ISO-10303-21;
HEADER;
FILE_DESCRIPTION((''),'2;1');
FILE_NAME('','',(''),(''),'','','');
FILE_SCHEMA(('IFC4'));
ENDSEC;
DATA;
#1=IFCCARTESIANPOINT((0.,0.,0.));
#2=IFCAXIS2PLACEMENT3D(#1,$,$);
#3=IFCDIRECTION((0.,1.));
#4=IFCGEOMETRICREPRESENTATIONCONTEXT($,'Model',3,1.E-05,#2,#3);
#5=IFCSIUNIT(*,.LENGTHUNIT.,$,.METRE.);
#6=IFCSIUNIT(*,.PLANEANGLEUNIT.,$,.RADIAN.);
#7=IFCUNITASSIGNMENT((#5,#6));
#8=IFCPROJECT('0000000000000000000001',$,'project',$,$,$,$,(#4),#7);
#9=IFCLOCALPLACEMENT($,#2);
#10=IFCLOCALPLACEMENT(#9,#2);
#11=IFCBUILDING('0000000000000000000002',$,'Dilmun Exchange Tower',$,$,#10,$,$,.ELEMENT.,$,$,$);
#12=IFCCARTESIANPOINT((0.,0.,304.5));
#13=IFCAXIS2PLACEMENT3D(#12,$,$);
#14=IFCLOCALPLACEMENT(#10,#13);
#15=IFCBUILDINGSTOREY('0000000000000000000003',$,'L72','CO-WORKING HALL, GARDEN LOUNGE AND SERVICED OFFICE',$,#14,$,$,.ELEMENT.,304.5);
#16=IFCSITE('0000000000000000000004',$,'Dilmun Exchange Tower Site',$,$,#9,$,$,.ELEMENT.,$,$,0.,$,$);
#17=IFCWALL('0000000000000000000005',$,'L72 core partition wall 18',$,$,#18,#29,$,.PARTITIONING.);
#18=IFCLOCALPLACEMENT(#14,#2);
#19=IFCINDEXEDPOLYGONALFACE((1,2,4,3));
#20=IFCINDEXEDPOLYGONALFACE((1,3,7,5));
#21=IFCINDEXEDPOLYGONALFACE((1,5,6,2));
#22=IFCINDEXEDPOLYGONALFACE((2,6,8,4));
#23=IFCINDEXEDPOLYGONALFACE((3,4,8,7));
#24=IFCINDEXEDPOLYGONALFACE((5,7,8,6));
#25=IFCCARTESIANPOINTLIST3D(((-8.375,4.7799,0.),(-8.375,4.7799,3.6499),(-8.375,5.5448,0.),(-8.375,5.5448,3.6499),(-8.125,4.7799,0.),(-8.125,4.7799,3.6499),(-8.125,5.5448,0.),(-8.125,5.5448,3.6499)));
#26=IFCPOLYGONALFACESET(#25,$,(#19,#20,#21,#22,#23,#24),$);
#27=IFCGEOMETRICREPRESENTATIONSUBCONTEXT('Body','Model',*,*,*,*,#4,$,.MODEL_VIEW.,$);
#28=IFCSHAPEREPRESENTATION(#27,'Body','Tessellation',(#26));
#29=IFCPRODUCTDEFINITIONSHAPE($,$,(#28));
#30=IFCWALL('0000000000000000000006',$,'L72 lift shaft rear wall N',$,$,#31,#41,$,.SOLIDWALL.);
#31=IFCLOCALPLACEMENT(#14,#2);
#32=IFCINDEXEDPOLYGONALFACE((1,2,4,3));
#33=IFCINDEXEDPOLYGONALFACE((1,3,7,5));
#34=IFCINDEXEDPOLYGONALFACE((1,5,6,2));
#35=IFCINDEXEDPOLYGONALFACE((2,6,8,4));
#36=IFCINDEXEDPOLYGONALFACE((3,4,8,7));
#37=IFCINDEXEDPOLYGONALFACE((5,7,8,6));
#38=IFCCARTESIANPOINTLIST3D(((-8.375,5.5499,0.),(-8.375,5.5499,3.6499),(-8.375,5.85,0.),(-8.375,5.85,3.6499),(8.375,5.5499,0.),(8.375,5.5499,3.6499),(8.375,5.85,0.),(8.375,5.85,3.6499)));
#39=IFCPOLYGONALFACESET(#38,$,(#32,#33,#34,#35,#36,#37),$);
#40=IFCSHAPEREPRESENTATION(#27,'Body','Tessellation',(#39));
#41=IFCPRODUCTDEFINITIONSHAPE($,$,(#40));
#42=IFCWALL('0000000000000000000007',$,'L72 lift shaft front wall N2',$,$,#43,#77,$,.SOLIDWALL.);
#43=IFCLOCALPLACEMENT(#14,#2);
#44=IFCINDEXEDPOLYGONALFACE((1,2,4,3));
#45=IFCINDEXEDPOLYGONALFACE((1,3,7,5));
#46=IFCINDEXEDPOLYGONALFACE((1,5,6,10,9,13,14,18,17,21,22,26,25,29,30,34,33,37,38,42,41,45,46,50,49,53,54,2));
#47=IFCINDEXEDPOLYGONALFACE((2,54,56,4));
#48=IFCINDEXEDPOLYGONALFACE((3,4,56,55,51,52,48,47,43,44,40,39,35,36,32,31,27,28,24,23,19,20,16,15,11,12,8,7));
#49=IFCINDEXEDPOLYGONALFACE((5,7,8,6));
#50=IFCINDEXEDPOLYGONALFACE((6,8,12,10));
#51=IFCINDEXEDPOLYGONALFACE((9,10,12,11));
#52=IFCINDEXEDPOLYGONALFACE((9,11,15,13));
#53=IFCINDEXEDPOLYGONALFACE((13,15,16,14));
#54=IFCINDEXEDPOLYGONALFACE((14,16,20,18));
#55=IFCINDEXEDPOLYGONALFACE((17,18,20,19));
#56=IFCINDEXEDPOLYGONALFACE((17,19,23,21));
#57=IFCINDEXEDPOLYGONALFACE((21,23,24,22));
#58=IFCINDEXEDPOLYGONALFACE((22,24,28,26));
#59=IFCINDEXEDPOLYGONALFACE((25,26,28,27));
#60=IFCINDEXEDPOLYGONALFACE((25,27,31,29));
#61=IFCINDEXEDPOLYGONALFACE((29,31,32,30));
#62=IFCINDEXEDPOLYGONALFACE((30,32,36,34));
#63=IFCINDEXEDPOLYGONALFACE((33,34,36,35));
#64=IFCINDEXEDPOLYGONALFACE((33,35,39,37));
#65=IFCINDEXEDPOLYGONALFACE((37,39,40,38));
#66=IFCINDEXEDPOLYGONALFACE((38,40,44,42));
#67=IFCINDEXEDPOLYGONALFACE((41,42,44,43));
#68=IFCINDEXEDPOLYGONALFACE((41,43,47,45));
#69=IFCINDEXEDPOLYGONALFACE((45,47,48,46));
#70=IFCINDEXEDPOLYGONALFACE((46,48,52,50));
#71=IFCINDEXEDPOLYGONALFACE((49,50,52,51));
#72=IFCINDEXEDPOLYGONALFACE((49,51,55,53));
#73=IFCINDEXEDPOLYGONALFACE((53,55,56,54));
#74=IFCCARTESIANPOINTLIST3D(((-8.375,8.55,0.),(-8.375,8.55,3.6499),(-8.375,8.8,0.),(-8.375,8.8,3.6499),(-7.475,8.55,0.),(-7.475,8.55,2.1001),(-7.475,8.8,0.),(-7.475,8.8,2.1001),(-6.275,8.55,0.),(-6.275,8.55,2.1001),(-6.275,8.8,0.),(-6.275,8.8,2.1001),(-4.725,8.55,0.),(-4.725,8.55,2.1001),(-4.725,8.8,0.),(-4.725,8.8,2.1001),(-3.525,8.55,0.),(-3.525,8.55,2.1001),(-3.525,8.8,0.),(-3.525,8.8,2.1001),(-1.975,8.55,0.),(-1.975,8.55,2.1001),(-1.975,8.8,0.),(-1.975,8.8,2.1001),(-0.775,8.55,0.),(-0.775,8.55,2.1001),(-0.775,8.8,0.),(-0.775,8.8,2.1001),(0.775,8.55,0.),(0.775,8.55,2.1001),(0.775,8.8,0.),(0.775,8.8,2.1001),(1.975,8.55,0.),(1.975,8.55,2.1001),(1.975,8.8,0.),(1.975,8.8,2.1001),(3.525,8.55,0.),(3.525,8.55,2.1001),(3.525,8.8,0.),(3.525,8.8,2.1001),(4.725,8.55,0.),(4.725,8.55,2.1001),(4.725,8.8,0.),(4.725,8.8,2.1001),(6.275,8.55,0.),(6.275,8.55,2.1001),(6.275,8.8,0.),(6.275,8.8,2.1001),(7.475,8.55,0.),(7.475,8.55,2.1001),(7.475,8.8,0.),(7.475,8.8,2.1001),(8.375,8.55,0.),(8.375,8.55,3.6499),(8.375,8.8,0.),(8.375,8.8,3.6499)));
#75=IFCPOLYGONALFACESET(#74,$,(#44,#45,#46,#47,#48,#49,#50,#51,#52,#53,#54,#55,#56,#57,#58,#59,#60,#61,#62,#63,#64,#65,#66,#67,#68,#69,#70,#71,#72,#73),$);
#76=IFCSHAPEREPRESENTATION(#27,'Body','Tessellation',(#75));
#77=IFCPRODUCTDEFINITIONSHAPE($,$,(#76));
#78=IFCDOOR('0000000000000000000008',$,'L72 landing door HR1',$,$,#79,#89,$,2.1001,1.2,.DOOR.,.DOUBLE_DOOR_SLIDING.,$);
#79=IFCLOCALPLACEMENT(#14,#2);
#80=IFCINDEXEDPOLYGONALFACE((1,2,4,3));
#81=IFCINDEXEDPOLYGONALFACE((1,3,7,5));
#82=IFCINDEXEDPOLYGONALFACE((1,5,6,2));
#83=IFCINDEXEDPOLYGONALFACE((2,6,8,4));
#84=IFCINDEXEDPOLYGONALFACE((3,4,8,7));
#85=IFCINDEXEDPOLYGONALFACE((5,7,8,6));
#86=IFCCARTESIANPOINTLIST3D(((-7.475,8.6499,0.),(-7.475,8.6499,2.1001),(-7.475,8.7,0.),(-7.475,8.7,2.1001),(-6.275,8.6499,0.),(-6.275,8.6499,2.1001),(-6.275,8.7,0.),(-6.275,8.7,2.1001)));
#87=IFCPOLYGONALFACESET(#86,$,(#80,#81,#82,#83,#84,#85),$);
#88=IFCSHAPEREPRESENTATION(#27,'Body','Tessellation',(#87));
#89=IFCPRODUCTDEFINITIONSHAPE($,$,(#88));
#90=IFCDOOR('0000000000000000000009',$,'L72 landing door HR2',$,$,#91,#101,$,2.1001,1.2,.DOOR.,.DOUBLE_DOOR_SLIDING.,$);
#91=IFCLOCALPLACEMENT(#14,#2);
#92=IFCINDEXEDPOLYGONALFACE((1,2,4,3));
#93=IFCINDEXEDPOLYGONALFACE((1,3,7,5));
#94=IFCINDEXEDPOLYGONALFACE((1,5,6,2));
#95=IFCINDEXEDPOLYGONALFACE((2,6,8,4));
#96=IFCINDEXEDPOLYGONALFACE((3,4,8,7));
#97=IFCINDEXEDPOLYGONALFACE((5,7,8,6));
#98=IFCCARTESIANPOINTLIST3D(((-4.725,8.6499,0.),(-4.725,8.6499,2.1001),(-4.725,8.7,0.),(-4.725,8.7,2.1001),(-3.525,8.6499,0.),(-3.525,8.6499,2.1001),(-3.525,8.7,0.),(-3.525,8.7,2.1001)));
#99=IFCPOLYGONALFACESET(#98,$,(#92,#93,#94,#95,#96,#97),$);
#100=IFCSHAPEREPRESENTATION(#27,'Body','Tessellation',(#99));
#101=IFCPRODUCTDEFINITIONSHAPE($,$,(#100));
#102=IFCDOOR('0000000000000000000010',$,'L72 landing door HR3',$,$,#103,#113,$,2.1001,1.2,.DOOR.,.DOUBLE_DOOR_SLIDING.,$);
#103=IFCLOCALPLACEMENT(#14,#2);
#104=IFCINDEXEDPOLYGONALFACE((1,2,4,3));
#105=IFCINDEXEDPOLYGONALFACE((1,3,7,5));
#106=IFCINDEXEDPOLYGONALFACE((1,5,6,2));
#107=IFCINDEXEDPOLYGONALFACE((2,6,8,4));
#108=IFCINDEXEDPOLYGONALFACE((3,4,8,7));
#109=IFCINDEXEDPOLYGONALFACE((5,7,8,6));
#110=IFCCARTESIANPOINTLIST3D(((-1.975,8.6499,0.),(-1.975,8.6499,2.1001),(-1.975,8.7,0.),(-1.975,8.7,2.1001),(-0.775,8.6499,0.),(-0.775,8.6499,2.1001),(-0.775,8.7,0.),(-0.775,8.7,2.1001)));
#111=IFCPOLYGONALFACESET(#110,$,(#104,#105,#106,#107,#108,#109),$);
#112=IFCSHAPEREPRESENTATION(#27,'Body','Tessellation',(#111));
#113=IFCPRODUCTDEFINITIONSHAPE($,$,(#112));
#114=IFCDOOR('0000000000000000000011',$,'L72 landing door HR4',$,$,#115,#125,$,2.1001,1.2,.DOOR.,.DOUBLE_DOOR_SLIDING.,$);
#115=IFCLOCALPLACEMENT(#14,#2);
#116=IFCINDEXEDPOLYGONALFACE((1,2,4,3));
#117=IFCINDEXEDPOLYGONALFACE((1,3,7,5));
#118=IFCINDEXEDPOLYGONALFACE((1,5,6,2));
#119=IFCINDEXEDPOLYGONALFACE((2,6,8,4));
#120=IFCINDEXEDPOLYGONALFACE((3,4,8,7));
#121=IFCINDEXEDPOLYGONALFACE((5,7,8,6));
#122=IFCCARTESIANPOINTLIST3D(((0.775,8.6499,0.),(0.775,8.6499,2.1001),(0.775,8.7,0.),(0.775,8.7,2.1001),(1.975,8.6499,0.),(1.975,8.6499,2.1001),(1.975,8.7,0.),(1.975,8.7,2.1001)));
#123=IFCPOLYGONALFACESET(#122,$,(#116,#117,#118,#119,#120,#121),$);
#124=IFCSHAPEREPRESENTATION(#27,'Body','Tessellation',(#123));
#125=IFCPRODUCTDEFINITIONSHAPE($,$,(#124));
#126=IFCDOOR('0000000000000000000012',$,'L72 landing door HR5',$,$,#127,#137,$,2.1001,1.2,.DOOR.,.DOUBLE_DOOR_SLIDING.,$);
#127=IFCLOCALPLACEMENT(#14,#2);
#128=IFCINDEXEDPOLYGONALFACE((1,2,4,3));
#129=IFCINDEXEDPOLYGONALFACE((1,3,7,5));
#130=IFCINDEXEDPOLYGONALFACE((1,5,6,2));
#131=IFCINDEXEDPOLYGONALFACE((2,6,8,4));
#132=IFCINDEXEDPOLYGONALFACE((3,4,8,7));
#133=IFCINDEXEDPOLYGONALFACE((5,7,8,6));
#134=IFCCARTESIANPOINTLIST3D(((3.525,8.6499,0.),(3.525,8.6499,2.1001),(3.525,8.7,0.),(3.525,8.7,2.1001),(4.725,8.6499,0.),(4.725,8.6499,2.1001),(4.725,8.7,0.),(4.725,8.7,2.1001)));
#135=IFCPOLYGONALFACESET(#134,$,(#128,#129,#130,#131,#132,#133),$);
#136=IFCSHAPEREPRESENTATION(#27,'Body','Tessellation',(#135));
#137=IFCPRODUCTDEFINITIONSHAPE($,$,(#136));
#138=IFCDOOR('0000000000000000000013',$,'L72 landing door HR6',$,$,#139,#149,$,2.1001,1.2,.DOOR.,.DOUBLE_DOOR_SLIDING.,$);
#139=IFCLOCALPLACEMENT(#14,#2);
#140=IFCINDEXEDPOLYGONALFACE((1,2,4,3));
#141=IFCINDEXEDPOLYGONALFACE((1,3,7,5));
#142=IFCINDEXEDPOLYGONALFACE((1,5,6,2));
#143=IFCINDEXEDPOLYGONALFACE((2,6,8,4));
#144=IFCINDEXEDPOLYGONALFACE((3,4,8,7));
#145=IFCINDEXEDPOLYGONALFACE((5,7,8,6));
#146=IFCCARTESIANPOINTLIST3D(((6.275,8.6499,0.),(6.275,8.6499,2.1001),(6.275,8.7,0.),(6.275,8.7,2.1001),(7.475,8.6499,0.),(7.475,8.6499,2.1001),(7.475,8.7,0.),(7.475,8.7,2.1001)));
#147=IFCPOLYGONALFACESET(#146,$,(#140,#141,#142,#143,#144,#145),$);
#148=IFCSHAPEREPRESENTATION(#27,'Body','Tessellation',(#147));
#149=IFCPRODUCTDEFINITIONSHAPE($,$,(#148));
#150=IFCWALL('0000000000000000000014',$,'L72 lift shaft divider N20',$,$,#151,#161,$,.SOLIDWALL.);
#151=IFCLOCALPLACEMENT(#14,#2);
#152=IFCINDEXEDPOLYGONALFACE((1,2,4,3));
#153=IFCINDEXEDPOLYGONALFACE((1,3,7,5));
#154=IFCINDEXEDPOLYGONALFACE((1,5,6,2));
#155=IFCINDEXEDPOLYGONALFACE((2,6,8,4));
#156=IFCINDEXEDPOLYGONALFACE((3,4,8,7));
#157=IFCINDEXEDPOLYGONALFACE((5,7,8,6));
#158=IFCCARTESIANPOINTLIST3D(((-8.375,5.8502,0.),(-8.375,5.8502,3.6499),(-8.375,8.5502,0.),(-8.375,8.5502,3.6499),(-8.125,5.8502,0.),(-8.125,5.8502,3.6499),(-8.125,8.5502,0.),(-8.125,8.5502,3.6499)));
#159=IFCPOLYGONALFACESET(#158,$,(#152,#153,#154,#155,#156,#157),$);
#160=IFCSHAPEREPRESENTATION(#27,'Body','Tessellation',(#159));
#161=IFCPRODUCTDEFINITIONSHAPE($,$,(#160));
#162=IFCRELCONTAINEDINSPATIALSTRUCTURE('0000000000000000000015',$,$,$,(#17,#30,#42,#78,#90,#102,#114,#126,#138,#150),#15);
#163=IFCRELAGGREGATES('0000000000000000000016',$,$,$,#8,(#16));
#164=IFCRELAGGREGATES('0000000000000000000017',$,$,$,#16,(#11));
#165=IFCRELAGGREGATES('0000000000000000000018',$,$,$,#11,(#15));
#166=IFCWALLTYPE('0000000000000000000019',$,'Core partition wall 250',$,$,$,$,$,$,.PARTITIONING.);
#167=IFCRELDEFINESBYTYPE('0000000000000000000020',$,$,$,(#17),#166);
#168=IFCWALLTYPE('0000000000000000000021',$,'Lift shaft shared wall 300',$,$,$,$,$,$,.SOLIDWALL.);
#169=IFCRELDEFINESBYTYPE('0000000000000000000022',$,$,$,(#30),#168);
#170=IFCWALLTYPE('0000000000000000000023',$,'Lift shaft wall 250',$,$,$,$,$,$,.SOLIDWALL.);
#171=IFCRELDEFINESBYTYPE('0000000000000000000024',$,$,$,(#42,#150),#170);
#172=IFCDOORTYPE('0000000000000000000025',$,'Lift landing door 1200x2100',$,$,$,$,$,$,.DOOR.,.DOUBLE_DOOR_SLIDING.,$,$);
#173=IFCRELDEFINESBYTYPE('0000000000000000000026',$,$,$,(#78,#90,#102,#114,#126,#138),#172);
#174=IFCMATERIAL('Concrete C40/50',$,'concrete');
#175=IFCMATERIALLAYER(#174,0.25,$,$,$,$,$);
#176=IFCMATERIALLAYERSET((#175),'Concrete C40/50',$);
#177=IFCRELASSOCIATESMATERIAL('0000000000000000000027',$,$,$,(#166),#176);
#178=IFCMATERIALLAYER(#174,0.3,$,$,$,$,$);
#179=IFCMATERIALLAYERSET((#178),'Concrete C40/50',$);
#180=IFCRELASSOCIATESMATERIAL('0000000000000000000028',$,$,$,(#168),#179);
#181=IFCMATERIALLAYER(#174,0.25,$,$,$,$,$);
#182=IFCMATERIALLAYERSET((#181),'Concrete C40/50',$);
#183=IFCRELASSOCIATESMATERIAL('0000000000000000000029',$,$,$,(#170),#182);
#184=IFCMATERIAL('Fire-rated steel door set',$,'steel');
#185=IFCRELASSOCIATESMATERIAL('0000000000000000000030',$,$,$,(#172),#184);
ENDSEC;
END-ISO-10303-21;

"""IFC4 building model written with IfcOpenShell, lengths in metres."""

from ifc_helpers import new_model, si_unit, direction, frame, frame_2d, origin, place, context, subcontext, project, spatial, rectangle, extrude, material, layer, layer_set, type_object, element, fill, save


model = new_model("IFC4")

# Units and contexts
model_context = context("Model", 3, precision=1e-05, world=origin(), true_north=direction((0.0, 1.0)))
body_context = subcontext(model_context, "Body", "Model", "MODEL_VIEW")
ifc_project = project(units=[si_unit("LENGTHUNIT", "METRE"), si_unit("PLANEANGLEUNIT", "RADIAN")], contexts=[model_context])

# Site, building, storey
site_placement = place(None, origin())
site = spatial("IfcSite", under=ifc_project, at=site_placement, Name="Dilmun Exchange Tower Site", CompositionType="ELEMENT", RefElevation=0.0)
building_placement = place(site_placement, origin())
building = spatial("IfcBuilding", under=site, at=building_placement, Name="Dilmun Exchange Tower", CompositionType="ELEMENT")
storey_placement = place(building_placement, frame((0.0, 0.0, 304.5)))
storey = spatial("IfcBuildingStorey", under=building, at=storey_placement, Name="L72", Description="CO-WORKING HALL, GARDEN LOUNGE AND SERVICED OFFICE", CompositionType="ELEMENT", Elevation=304.5)

# Shared definitions
ifc_material_1 = material(Name="Concrete C40/50", Category="concrete")

# Shared definitions
ifc_layer_1 = layer(ifc_material_1, 0.25)
ifc_layer_set_1 = layer_set([ifc_layer_1], Name="Concrete C40/50")
wall_type_1 = type_object("IfcWallType", Name="Core partition wall 250", PredefinedType="PARTITIONING", material=ifc_layer_set_1)
ifc_material_2 = material(Name="Fire-rated steel door set", Category="steel")

# Walls
wall_1_placement = place(storey_placement, frame((-8.25, 4.78, 0.0), z_axis=(0.0, 0.0, 1.0), x_axis=(0.0, 1.0, 0.0)))
element("IfcWall", 1, at=wall_1_placement, inside=storey, type_object=wall_type_1, Name="L72 core partition wall 18", PredefinedType="PARTITIONING", context=body_context, shape_type="SweptSolid", body=[
    extrude(rectangle(XDim=0.7649, YDim=0.25, at=frame_2d((0.3823, 0.0))), origin(), (0.0, 0.0, 1.0), 3.6499),
])
ifc_layer_2 = layer(ifc_material_1, 0.3)
ifc_layer_set_2 = layer_set([ifc_layer_2], Name="Concrete C40/50")
wall_type_2 = type_object("IfcWallType", Name="Lift shaft shared wall 300", PredefinedType="SOLIDWALL", material=ifc_layer_set_2)
wall_2_placement = place(storey_placement, frame((-8.375, 5.7, 0.0), z_axis=(0.0, 0.0, 1.0), x_axis=(1.0, 0.0, 0.0)))
element("IfcWall", 2, at=wall_2_placement, inside=storey, type_object=wall_type_2, Name="L72 lift shaft rear wall N", PredefinedType="SOLIDWALL", context=body_context, shape_type="SweptSolid", body=[
    extrude(rectangle(XDim=16.75, YDim=0.3, at=frame_2d((8.375, 0.0))), origin(), (0.0, 0.0, 1.0), 3.6499),
])

# Wall, openings, doors
ifc_layer_3 = layer(ifc_material_1, 0.25)
ifc_layer_set_3 = layer_set([ifc_layer_3], Name="Concrete C40/50")
wall_type_3 = type_object("IfcWallType", Name="Lift shaft wall 250", PredefinedType="SOLIDWALL", material=ifc_layer_set_3)
wall_3_placement = place(storey_placement, frame((-8.375, 8.675, 0.0), z_axis=(0.0, 0.0, 1.0), x_axis=(1.0, 0.0, 0.0)))
wall_3 = element("IfcWall", 3, at=wall_3_placement, inside=storey, type_object=wall_type_3, Name="L72 lift shaft front wall N2", PredefinedType="SOLIDWALL", context=body_context, shape_type="SweptSolid", body=[
    extrude(rectangle(XDim=16.75, YDim=0.25, at=frame_2d((8.375, 0.0))), origin(), (0.0, 0.0, 1.0), 3.6499),
])
opening_1_placement = place(wall_3_placement, frame((0.8999, 0.0, 0.0)))
opening_1 = element("IfcOpeningElement", 4, at=opening_1_placement, cuts=wall_3, PredefinedType="OPENING", context=body_context, shape_type="SweptSolid", body=[
    extrude(rectangle(XDim=1.2, YDim=2.1001, at=frame_2d((0.6001, 1.05))), frame((0.0, 0.135, 0.0), z_axis=(0.0, -1.0, 0.0), x_axis=(1.0, 0.0, 0.0)), (0.0, 0.0, 1.0), 0.27),
])
opening_2_placement = place(wall_3_placement, frame((3.6499, 0.0, 0.0)))
opening_2 = element("IfcOpeningElement", 5, at=opening_2_placement, cuts=wall_3, PredefinedType="OPENING", context=body_context, shape_type="SweptSolid", body=[
    extrude(rectangle(XDim=1.2, YDim=2.1001, at=frame_2d((0.6001, 1.05))), frame((0.0, 0.135, 0.0), z_axis=(0.0, -1.0, 0.0), x_axis=(1.0, 0.0, 0.0)), (0.0, 0.0, 1.0), 0.27),
])
opening_3_placement = place(wall_3_placement, frame((6.3999, 0.0, 0.0)))
opening_3 = element("IfcOpeningElement", 6, at=opening_3_placement, cuts=wall_3, PredefinedType="OPENING", context=body_context, shape_type="SweptSolid", body=[
    extrude(rectangle(XDim=1.2, YDim=2.1001, at=frame_2d((0.6001, 1.05))), frame((0.0, 0.135, 0.0), z_axis=(0.0, -1.0, 0.0), x_axis=(1.0, 0.0, 0.0)), (0.0, 0.0, 1.0), 0.27),
])
opening_4_placement = place(wall_3_placement, frame((9.1499, 0.0, 0.0)))
opening_4 = element("IfcOpeningElement", 7, at=opening_4_placement, cuts=wall_3, PredefinedType="OPENING", context=body_context, shape_type="SweptSolid", body=[
    extrude(rectangle(XDim=1.2, YDim=2.1001, at=frame_2d((0.6001, 1.05))), frame((0.0, 0.135, 0.0), z_axis=(0.0, -1.0, 0.0), x_axis=(1.0, 0.0, 0.0)), (0.0, 0.0, 1.0), 0.27),
])
opening_5_placement = place(wall_3_placement, frame((11.8999, 0.0, 0.0)))
opening_5 = element("IfcOpeningElement", 8, at=opening_5_placement, cuts=wall_3, PredefinedType="OPENING", context=body_context, shape_type="SweptSolid", body=[
    extrude(rectangle(XDim=1.2, YDim=2.1001, at=frame_2d((0.6001, 1.05))), frame((0.0, 0.135, 0.0), z_axis=(0.0, -1.0, 0.0), x_axis=(1.0, 0.0, 0.0)), (0.0, 0.0, 1.0), 0.27),
])
opening_6_placement = place(wall_3_placement, frame((14.6499, 0.0, 0.0)))
opening_6 = element("IfcOpeningElement", 9, at=opening_6_placement, cuts=wall_3, PredefinedType="OPENING", context=body_context, shape_type="SweptSolid", body=[
    extrude(rectangle(XDim=1.2, YDim=2.1001, at=frame_2d((0.6001, 1.05))), frame((0.0, 0.135, 0.0), z_axis=(0.0, -1.0, 0.0), x_axis=(1.0, 0.0, 0.0)), (0.0, 0.0, 1.0), 0.27),
])
door_type_1 = type_object("IfcDoorType", Name="Lift landing door 1200x2100", OperationType="DOUBLE_DOOR_SLIDING", PredefinedType="DOOR", material=ifc_material_2)
door_1_placement = place(opening_1_placement, origin())
door_1 = element("IfcDoor", 10, at=door_1_placement, inside=storey, type_object=door_type_1, Name="L72 landing door HR1", OperationType="DOUBLE_DOOR_SLIDING", OverallHeight=2.1001, OverallWidth=1.2, PredefinedType="DOOR", context=body_context, shape_type="SweptSolid", body=[
    extrude(rectangle(XDim=1.2, YDim=2.1001, at=frame_2d((0.6001, 1.05))), frame((0.0, 0.0249, 0.0), z_axis=(0.0, -1.0, 0.0), x_axis=(1.0, 0.0, 0.0)), (0.0, 0.0, 1.0), 0.05),
])
fill(opening_1, door_1)
door_2_placement = place(opening_2_placement, origin())
door_2 = element("IfcDoor", 11, at=door_2_placement, inside=storey, type_object=door_type_1, Name="L72 landing door HR2", OperationType="DOUBLE_DOOR_SLIDING", OverallHeight=2.1001, OverallWidth=1.2, PredefinedType="DOOR", context=body_context, shape_type="SweptSolid", body=[
    extrude(rectangle(XDim=1.2, YDim=2.1001, at=frame_2d((0.6001, 1.05))), frame((0.0, 0.0249, 0.0), z_axis=(0.0, -1.0, 0.0), x_axis=(1.0, 0.0, 0.0)), (0.0, 0.0, 1.0), 0.05),
])
fill(opening_2, door_2)
door_3_placement = place(opening_3_placement, origin())
door_3 = element("IfcDoor", 12, at=door_3_placement, inside=storey, type_object=door_type_1, Name="L72 landing door HR3", OperationType="DOUBLE_DOOR_SLIDING", OverallHeight=2.1001, OverallWidth=1.2, PredefinedType="DOOR", context=body_context, shape_type="SweptSolid", body=[
    extrude(rectangle(XDim=1.2, YDim=2.1001, at=frame_2d((0.6001, 1.05))), frame((0.0, 0.0249, 0.0), z_axis=(0.0, -1.0, 0.0), x_axis=(1.0, 0.0, 0.0)), (0.0, 0.0, 1.0), 0.05),
])
fill(opening_3, door_3)
door_4_placement = place(opening_4_placement, origin())
door_4 = element("IfcDoor", 13, at=door_4_placement, inside=storey, type_object=door_type_1, Name="L72 landing door HR4", OperationType="DOUBLE_DOOR_SLIDING", OverallHeight=2.1001, OverallWidth=1.2, PredefinedType="DOOR", context=body_context, shape_type="SweptSolid", body=[
    extrude(rectangle(XDim=1.2, YDim=2.1001, at=frame_2d((0.6001, 1.05))), frame((0.0, 0.0249, 0.0), z_axis=(0.0, -1.0, 0.0), x_axis=(1.0, 0.0, 0.0)), (0.0, 0.0, 1.0), 0.05),
])
fill(opening_4, door_4)
door_5_placement = place(opening_5_placement, origin())
door_5 = element("IfcDoor", 14, at=door_5_placement, inside=storey, type_object=door_type_1, Name="L72 landing door HR5", OperationType="DOUBLE_DOOR_SLIDING", OverallHeight=2.1001, OverallWidth=1.2, PredefinedType="DOOR", context=body_context, shape_type="SweptSolid", body=[
    extrude(rectangle(XDim=1.2, YDim=2.1001, at=frame_2d((0.6001, 1.05))), frame((0.0, 0.0249, 0.0), z_axis=(0.0, -1.0, 0.0), x_axis=(1.0, 0.0, 0.0)), (0.0, 0.0, 1.0), 0.05),
])
fill(opening_5, door_5)
door_6_placement = place(opening_6_placement, origin())
door_6 = element("IfcDoor", 15, at=door_6_placement, inside=storey, type_object=door_type_1, Name="L72 landing door HR6", OperationType="DOUBLE_DOOR_SLIDING", OverallHeight=2.1001, OverallWidth=1.2, PredefinedType="DOOR", context=body_context, shape_type="SweptSolid", body=[
    extrude(rectangle(XDim=1.2, YDim=2.1001, at=frame_2d((0.6001, 1.05))), frame((0.0, 0.0249, 0.0), z_axis=(0.0, -1.0, 0.0), x_axis=(1.0, 0.0, 0.0)), (0.0, 0.0, 1.0), 0.05),
])
fill(opening_6, door_6)

# Wall
wall_4_placement = place(storey_placement, frame((-8.25, 5.8501, 0.0), z_axis=(0.0, 0.0, 1.0), x_axis=(0.0, 1.0, 0.0)))
element("IfcWall", 16, at=wall_4_placement, inside=storey, type_object=wall_type_3, Name="L72 lift shaft divider N20", PredefinedType="SOLIDWALL", context=body_context, shape_type="SweptSolid", body=[
    extrude(rectangle(XDim=2.7, YDim=0.25, at=frame_2d((1.3501, 0.0))), origin(), (0.0, 0.0, 1.0), 3.6499),
])

save(model, "model.ifc")
